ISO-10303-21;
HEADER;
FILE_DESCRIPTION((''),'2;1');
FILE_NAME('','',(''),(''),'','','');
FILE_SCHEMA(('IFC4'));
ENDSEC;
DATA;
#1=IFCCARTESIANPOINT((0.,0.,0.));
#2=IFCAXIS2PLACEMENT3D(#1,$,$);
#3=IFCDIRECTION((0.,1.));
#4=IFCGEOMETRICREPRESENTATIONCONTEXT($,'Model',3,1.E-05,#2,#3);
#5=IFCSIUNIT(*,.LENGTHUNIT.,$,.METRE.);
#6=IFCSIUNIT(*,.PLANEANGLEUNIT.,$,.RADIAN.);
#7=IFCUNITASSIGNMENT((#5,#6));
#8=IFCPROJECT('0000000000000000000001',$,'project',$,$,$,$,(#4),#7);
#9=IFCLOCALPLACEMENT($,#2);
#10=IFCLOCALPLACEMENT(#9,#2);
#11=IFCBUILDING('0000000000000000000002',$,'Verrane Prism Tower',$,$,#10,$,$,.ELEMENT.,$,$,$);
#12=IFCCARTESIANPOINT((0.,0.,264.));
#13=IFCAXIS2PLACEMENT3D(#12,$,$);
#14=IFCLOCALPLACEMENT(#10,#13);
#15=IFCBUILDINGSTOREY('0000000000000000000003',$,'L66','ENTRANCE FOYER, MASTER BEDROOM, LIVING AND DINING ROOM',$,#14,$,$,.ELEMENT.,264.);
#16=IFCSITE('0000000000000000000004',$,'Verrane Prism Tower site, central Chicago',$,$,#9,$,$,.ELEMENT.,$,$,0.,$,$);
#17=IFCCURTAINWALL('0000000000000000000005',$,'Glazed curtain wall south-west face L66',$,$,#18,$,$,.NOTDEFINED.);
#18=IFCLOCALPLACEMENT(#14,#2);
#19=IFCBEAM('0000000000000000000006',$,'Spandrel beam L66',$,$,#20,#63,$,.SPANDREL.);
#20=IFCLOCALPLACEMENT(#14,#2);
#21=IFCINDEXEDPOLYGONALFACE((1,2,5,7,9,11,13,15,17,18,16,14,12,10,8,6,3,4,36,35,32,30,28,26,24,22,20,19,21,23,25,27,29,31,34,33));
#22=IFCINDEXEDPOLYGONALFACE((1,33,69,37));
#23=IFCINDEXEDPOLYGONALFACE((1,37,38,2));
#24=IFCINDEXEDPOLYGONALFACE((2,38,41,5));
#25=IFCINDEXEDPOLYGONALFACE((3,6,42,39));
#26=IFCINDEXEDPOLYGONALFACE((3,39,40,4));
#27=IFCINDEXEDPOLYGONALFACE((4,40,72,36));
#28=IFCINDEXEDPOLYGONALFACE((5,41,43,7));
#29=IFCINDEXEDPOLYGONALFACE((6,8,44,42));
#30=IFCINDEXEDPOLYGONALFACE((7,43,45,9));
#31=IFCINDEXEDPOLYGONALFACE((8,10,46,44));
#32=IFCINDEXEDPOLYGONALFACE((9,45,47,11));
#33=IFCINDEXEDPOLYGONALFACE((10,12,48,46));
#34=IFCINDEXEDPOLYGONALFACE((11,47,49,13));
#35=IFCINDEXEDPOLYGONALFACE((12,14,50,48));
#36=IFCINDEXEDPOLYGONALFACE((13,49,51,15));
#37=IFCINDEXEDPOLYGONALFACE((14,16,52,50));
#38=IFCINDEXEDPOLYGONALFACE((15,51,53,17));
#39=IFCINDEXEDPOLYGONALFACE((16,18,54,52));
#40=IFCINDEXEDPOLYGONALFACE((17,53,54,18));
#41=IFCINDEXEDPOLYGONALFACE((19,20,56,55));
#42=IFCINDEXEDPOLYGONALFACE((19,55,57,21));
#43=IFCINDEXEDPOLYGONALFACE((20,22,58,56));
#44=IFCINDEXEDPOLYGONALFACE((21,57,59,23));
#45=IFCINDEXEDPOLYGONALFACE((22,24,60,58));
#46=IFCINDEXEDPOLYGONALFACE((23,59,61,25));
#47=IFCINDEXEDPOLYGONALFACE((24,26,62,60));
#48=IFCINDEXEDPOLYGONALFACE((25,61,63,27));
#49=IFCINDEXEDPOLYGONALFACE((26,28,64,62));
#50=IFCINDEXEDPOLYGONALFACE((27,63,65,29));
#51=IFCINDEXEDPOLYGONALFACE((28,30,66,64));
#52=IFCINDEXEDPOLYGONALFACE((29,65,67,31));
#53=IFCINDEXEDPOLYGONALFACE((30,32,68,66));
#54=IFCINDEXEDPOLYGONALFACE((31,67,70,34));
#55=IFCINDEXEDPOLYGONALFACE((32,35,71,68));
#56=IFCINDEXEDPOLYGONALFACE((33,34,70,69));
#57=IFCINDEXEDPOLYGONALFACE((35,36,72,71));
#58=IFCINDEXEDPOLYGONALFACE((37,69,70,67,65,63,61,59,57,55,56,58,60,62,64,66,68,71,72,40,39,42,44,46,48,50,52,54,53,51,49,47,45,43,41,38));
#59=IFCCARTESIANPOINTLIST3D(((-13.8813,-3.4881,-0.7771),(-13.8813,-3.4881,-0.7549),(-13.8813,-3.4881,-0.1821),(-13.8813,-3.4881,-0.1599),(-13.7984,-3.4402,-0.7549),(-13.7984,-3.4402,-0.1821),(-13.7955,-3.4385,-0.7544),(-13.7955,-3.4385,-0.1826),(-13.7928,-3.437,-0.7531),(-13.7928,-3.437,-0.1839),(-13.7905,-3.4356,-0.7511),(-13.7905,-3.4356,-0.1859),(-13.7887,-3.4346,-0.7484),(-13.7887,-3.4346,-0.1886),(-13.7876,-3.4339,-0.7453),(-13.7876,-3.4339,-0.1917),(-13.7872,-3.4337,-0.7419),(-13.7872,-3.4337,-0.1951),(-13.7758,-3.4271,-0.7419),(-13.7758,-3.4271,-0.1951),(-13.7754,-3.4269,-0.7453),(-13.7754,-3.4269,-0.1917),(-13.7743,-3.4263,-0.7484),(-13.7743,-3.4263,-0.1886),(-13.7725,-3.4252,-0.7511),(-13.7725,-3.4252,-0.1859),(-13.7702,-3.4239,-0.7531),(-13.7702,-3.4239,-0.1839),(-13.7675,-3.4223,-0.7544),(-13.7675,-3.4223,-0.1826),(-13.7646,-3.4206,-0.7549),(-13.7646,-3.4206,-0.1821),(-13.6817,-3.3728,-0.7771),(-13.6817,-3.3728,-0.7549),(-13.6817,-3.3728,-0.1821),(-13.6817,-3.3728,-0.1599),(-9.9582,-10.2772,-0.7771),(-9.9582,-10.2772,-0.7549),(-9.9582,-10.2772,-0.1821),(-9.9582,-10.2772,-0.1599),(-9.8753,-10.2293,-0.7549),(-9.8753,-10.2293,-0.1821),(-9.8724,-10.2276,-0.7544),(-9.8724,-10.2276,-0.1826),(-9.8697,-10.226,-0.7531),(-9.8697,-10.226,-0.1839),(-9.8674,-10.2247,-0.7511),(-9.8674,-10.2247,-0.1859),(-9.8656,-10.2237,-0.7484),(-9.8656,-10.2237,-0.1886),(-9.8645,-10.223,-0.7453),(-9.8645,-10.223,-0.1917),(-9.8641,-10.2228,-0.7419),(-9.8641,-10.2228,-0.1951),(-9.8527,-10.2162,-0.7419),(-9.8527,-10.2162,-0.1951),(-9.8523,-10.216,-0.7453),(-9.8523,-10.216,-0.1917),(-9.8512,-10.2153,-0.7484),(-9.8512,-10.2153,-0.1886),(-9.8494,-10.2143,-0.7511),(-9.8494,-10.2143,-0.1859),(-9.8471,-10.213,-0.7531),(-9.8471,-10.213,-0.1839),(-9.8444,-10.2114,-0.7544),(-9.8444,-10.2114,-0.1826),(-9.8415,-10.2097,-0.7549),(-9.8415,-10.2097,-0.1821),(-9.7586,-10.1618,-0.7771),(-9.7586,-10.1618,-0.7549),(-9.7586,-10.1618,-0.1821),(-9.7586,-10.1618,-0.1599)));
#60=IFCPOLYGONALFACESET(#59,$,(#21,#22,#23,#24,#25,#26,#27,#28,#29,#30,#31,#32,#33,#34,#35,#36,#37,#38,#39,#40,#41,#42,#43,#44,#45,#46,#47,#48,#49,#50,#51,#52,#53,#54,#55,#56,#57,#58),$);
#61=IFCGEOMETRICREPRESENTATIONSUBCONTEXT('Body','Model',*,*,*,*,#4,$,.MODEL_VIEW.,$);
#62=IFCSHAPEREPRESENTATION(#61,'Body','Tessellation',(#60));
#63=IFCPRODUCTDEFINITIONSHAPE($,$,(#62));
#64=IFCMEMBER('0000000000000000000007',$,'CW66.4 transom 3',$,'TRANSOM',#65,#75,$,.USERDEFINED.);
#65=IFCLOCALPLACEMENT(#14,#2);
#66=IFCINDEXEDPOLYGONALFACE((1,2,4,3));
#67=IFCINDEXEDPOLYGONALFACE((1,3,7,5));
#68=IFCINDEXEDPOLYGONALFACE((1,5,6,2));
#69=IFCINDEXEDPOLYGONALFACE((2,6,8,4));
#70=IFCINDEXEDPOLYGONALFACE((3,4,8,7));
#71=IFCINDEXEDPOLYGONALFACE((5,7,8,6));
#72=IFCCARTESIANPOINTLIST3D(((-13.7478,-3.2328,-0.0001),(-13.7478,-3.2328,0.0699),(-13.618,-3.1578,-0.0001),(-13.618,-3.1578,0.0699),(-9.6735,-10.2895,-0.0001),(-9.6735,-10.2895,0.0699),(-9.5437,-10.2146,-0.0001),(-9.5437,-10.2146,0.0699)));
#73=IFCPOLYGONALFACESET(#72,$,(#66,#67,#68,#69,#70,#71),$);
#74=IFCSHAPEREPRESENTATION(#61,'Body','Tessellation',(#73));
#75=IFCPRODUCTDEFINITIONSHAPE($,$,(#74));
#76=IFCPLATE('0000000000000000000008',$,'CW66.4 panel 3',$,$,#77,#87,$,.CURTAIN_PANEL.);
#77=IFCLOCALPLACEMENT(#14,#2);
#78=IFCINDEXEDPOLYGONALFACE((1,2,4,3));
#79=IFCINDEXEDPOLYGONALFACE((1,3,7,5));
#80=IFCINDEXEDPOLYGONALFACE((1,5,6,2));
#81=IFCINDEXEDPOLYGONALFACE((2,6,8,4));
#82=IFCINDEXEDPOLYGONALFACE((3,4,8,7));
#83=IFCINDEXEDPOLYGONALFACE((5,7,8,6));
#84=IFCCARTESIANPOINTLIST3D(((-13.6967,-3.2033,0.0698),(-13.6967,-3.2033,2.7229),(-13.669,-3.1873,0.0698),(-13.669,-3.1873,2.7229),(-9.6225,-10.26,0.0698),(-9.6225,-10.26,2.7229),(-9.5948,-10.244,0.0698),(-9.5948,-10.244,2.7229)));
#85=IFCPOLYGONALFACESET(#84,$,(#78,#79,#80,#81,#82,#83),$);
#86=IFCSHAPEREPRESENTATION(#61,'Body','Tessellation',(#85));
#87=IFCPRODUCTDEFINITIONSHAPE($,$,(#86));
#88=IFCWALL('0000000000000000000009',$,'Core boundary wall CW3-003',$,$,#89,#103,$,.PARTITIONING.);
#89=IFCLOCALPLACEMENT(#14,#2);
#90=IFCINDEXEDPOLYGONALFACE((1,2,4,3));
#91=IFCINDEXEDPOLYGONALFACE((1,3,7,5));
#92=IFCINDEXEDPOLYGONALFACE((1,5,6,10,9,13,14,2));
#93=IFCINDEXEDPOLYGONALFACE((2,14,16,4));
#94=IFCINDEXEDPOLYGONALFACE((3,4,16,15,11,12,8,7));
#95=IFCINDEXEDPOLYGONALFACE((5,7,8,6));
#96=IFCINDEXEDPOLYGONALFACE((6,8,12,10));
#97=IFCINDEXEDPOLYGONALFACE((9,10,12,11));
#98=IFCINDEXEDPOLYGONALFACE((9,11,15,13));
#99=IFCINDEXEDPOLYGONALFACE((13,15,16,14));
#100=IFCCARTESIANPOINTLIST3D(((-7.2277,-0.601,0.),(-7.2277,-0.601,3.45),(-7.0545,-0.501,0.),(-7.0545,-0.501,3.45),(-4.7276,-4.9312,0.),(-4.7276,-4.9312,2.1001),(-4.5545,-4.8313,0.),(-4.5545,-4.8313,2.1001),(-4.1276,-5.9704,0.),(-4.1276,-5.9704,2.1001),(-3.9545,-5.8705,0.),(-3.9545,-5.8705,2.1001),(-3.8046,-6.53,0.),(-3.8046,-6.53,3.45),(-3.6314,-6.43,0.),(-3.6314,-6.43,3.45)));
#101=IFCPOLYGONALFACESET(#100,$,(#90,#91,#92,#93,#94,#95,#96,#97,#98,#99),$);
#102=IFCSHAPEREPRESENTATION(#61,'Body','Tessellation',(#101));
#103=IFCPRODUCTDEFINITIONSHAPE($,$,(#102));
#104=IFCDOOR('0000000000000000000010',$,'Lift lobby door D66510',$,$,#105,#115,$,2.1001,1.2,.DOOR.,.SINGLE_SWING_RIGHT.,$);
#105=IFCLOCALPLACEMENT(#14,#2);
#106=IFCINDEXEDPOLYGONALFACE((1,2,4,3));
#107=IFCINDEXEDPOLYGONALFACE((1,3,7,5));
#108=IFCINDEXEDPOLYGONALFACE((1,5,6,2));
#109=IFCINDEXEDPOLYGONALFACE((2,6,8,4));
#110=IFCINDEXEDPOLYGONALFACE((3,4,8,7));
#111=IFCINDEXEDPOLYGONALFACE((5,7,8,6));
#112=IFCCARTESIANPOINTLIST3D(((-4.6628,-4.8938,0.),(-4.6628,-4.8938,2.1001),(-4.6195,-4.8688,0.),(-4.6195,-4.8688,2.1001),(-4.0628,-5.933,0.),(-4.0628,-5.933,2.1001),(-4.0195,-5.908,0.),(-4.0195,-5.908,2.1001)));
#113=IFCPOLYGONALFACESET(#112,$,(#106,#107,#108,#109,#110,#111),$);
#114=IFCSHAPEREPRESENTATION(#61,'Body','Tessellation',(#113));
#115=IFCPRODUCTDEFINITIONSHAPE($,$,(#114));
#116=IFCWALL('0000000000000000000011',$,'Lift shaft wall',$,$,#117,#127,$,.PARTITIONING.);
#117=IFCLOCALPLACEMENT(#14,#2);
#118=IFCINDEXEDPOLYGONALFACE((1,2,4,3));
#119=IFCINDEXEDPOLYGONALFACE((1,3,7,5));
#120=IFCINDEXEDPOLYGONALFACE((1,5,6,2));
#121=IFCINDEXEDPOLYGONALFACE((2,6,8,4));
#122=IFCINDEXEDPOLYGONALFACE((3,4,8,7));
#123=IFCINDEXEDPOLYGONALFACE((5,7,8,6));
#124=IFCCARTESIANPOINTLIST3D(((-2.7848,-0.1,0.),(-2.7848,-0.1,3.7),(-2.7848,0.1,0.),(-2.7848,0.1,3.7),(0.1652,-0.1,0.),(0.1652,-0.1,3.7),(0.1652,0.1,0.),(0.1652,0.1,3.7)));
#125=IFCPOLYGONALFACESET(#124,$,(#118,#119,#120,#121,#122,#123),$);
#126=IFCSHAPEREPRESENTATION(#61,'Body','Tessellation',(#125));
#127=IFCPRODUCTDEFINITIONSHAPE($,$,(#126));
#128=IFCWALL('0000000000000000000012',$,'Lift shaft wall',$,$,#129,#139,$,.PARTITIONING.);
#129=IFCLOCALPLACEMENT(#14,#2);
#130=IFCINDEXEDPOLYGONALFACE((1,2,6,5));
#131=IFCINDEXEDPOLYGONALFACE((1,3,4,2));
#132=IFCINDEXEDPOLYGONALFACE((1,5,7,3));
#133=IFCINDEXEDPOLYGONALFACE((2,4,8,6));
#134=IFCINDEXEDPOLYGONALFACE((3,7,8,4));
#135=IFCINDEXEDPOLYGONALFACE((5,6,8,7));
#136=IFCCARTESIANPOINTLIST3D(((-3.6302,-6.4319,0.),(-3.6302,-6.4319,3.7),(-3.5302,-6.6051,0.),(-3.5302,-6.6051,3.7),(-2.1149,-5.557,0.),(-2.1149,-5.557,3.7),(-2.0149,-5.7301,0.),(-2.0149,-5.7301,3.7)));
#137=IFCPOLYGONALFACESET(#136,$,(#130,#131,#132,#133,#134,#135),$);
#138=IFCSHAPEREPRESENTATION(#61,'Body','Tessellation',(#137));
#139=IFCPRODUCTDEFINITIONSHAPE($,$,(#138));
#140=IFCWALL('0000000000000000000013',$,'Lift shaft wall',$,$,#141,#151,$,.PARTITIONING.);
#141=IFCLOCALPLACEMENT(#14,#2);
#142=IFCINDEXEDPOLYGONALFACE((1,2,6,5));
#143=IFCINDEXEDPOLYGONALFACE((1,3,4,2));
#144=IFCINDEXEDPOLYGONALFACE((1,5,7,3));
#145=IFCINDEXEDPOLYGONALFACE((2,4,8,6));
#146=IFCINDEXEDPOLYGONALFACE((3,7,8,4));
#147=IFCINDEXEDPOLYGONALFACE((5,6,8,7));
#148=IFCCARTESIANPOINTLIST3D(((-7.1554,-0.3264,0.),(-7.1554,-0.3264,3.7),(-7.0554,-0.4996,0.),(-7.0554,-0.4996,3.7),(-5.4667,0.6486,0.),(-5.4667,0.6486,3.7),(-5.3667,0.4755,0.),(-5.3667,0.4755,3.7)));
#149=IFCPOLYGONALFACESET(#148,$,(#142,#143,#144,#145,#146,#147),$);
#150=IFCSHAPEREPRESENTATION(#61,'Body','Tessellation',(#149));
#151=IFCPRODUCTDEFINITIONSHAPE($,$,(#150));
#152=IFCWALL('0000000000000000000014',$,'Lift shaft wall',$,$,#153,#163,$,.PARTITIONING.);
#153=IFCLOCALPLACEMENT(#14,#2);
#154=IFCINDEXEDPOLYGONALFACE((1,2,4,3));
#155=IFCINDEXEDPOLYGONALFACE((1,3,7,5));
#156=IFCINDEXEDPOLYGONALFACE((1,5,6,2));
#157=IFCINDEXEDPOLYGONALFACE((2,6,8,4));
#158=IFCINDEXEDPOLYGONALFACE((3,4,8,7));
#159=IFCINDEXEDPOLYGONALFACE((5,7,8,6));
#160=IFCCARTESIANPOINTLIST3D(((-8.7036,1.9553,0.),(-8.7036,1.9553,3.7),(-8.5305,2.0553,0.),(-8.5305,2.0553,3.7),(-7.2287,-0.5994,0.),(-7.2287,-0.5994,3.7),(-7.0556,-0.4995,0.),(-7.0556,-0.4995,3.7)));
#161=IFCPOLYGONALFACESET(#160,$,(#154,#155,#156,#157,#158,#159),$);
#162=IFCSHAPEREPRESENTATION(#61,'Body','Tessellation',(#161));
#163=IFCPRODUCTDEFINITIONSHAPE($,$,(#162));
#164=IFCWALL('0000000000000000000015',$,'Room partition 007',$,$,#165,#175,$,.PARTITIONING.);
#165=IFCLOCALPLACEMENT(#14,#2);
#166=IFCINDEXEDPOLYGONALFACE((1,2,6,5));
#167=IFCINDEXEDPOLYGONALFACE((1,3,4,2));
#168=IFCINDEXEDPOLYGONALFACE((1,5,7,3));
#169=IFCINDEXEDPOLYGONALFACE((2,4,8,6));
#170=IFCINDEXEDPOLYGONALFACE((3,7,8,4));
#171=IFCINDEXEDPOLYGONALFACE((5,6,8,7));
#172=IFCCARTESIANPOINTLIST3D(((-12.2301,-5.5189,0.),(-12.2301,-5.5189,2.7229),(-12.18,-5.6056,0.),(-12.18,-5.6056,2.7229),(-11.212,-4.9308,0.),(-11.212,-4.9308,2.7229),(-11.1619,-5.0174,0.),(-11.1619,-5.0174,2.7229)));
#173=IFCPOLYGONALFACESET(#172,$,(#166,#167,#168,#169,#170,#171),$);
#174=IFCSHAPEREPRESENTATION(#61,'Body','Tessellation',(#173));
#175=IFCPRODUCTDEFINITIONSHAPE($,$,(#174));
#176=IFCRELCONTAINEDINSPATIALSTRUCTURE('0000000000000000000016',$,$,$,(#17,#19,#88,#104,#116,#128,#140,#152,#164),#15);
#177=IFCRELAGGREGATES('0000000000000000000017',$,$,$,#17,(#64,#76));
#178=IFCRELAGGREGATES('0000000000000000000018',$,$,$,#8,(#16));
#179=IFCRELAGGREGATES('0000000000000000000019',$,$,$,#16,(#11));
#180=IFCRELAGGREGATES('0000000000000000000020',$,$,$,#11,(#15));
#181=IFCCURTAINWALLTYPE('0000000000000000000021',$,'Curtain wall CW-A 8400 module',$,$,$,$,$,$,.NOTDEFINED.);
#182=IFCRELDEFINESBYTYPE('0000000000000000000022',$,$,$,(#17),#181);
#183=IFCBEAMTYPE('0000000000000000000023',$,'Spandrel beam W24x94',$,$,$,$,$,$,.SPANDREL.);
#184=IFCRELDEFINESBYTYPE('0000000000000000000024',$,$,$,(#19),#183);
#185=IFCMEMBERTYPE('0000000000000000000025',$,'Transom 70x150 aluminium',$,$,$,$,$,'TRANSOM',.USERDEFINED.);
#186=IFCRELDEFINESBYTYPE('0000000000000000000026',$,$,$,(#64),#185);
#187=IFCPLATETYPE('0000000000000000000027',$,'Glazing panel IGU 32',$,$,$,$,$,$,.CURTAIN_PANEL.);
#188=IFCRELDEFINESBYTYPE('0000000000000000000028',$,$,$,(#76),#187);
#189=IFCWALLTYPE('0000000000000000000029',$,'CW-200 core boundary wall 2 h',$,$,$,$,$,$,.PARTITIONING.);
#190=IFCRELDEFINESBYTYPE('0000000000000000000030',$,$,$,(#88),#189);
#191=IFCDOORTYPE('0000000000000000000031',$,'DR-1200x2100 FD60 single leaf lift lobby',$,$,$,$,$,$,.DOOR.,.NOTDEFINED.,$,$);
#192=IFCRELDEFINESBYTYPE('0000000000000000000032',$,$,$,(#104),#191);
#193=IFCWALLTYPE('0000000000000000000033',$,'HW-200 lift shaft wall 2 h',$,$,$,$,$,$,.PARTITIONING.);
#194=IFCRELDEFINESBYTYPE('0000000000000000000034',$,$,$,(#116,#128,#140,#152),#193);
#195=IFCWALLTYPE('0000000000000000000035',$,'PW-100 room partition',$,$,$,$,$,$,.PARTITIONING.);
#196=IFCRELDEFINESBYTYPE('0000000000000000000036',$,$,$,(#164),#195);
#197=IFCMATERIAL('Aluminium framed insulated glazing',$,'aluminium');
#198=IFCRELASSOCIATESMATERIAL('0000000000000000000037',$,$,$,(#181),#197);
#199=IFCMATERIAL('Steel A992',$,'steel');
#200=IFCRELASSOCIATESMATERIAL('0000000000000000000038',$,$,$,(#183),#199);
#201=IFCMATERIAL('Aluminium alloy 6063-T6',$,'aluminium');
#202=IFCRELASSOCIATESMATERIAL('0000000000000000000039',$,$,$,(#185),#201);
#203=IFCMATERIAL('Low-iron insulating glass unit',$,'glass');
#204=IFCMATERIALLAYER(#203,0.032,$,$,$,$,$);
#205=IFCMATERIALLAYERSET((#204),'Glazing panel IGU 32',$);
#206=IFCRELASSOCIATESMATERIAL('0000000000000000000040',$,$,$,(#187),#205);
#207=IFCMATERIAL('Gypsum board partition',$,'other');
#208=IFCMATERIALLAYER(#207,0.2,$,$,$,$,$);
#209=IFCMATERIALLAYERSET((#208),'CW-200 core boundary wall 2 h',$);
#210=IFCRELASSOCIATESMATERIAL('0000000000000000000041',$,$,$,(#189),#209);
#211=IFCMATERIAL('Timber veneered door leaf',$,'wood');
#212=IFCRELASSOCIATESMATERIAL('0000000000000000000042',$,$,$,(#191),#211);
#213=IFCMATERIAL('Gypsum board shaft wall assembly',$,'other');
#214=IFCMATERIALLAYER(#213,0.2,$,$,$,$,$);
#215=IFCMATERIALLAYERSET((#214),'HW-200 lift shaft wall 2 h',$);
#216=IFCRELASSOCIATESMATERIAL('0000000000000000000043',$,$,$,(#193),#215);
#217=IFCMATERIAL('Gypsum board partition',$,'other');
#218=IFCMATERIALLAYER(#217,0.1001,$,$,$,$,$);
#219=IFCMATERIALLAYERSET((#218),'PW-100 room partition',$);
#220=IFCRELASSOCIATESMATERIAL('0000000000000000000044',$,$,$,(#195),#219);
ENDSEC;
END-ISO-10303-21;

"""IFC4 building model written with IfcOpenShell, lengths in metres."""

from ifc_helpers import new_model, si_unit, direction, frame, frame_2d, origin, origin_2d, place, context, subcontext, project, spatial, rectangle, i_section, extrude, material, layer, layer_set, material_profile, profile_set, type_object, element, fill, aggregate, save


model = new_model("IFC4")

# Units and contexts
model_context = context("Model", 3, precision=1e-05, world=origin(), true_north=direction((0.0, 1.0)))
body_context = subcontext(model_context, "Body", "Model", "MODEL_VIEW")
ifc_project = project(units=[si_unit("LENGTHUNIT", "METRE"), si_unit("PLANEANGLEUNIT", "RADIAN")], contexts=[model_context])

# Site, building, storey
site_placement = place(None, origin())
site = spatial("IfcSite", under=ifc_project, at=site_placement, Name="Verrane Prism Tower site, central Chicago", CompositionType="ELEMENT", RefElevation=0.0)
building_placement = place(site_placement, origin())
building = spatial("IfcBuilding", under=site, at=building_placement, Name="Verrane Prism Tower", CompositionType="ELEMENT")
storey_placement = place(building_placement, frame((0.0, 0.0, 264.0)))
storey = spatial("IfcBuildingStorey", under=building, at=storey_placement, Name="L66", Description="ENTRANCE FOYER, MASTER BEDROOM, LIVING AND DINING ROOM", CompositionType="ELEMENT", Elevation=264.0)

# Curtain wall
ifc_material_1 = material(Name="Aluminium framed insulated glazing", Category="aluminium")
curtain_wall_type = type_object("IfcCurtainWallType", Name="Curtain wall CW-A 8400 module", PredefinedType="NOTDEFINED", material=ifc_material_1)
curtain_wall_placement = place(storey_placement, origin())
curtain_wall = element("IfcCurtainWall", 1, at=curtain_wall_placement, inside=storey, type_object=curtain_wall_type, Name="Glazed curtain wall south-west face L66", PredefinedType="NOTDEFINED")

# Beam
ifc_material_2 = material(Name="Steel A992", Category="steel")
ifc_material_profile_1 = material_profile(ifc_material_2, i_section(OverallWidth=0.2305, OverallDepth=0.6172, WebThickness=0.0132, FlangeThickness=0.0222, FilletRadius=0.0129, at=origin_2d()), Name="W24x94")
ifc_profile_set_1 = profile_set([ifc_material_profile_1], Name="Steel A992")
beam_type_1 = type_object("IfcBeamType", Name="Spandrel beam W24x94", PredefinedType="SPANDREL", material=ifc_profile_set_1)
beam_1_placement = place(storey_placement, frame((-13.7815, -3.4304, -0.4685), z_axis=(0.500328, -0.865836, 0.0), x_axis=(0.865836, 0.500328, 0.0)))
element("IfcBeam", 2, at=beam_1_placement, inside=storey, type_object=beam_type_1, Name="Spandrel beam L66", PredefinedType="SPANDREL", context=body_context, shape_type="SweptSolid", body=[
    extrude(i_section(OverallWidth=0.2305, OverallDepth=0.6172, WebThickness=0.0132, FlangeThickness=0.0222, FilletRadius=0.0129, at=origin_2d()), origin(), (0.0, 0.0, 1.0), 7.8411),
])

# Member
ifc_material_3 = material(Name="Aluminium alloy 6063-T6", Category="aluminium")
ifc_material_profile_2 = material_profile(ifc_material_3, rectangle(XDim=0.1499, YDim=0.0701, at=origin_2d()), Name="Transom 70x150 aluminium")
ifc_profile_set_2 = profile_set([ifc_material_profile_2], Name="Aluminium alloy 6063-T6")
member_type_1 = type_object("IfcMemberType", Name="Transom 70x150 aluminium", ElementType="TRANSOM", PredefinedType="USERDEFINED", material=ifc_profile_set_2)
member_1_placement = place(storey_placement, frame((-13.6829, -3.1953, 0.0349), z_axis=(0.500006, -0.866022, 0.0), x_axis=(0.866022, 0.500006, 0.0)))
member_1 = element("IfcMember", 3, at=member_1_placement, type_object=member_type_1, Name="CW66.4 transom 3", ObjectType="TRANSOM", PredefinedType="USERDEFINED", context=body_context, shape_type="SweptSolid", body=[
    extrude(rectangle(XDim=0.1499, YDim=0.0701, at=origin_2d()), origin(), (0.0, 0.0, 1.0), 8.1484),
])

# Plate
ifc_material_4 = material(Name="Low-iron insulating glass unit", Category="glass")
ifc_layer_1 = layer(ifc_material_4, 0.032)
ifc_layer_set_1 = layer_set([ifc_layer_1], Name="Glazing panel IGU 32")
plate_type = type_object("IfcPlateType", Name="Glazing panel IGU 32", PredefinedType="CURTAIN_PANEL", material=ifc_layer_set_1)
plate_placement = place(storey_placement, frame((-11.6458, -6.7236, 0.0698), z_axis=(0.0, 0.0, 1.0), x_axis=(0.500001, -0.866025, 0.0)))
plate = element("IfcPlate", 4, at=plate_placement, type_object=plate_type, Name="CW66.4 panel 3", PredefinedType="CURTAIN_PANEL", context=body_context, shape_type="SweptSolid", body=[
    extrude(rectangle(XDim=8.1484, YDim=0.032, at=origin_2d()), origin(), (0.0, 0.0, 1.0), 2.6531),
])
aggregate(curtain_wall, [member_1, plate])

# Wall, opening, door
ifc_material_5 = material(Name="Gypsum board partition", Category="other")
ifc_layer_2 = layer(ifc_material_5, 0.2)
ifc_layer_set_2 = layer_set([ifc_layer_2], Name="CW-200 core boundary wall 2 h")
wall_type_1 = type_object("IfcWallType", Name="CW-200 core boundary wall 2 h", PredefinedType="PARTITIONING", material=ifc_layer_set_2)
wall_1_placement = place(storey_placement, frame((-7.1411, -0.551, 0.0), z_axis=(0.0, 0.0, 1.0), x_axis=(0.500001, -0.866025, 0.0)))
wall_1 = element("IfcWall", 5, at=wall_1_placement, inside=storey, type_object=wall_type_1, Name="Core boundary wall CW3-003", PredefinedType="PARTITIONING", context=body_context, shape_type="SweptSolid", body=[
    extrude(rectangle(XDim=6.8462, YDim=0.2, at=frame_2d((3.4231, 0.0))), origin(), (0.0, 0.0, 1.0), 3.45),
])
opening_1_placement = place(wall_1_placement, frame((5.0, 0.0, 0.0)))
opening_1 = element("IfcOpeningElement", 6, at=opening_1_placement, cuts=wall_1, PredefinedType="OPENING", context=body_context, shape_type="SweptSolid", body=[
    extrude(rectangle(XDim=1.2, YDim=2.1001, at=frame_2d((0.6001, 1.05))), frame((0.0, 0.1099, 0.0), z_axis=(0.0, -1.0, 0.0), x_axis=(1.0, 0.0, 0.0)), (0.0, 0.0, 1.0), 0.22),
])
ifc_material_6 = material(Name="Timber veneered door leaf", Category="wood")
door_type_1 = type_object("IfcDoorType", Name="DR-1200x2100 FD60 single leaf lift lobby", OperationType="NOTDEFINED", PredefinedType="DOOR", material=ifc_material_6)
door_1_placement = place(opening_1_placement, origin())
door_1 = element("IfcDoor", 7, at=door_1_placement, inside=storey, type_object=door_type_1, Name="Lift lobby door D66510", OperationType="SINGLE_SWING_RIGHT", OverallHeight=2.1001, OverallWidth=1.2, PredefinedType="DOOR", context=body_context, shape_type="SweptSolid", body=[
    extrude(rectangle(XDim=1.2, YDim=2.1001, at=frame_2d((0.6001, 1.05))), frame((0.0, 0.0249, 0.0), z_axis=(0.0, -1.0, 0.0), x_axis=(1.0, 0.0, 0.0)), (0.0, 0.0, 1.0), 0.05),
])
fill(opening_1, door_1)

# Walls
ifc_material_7 = material(Name="Gypsum board shaft wall assembly", Category="other")
ifc_layer_3 = layer(ifc_material_7, 0.2)
ifc_layer_set_3 = layer_set([ifc_layer_3], Name="HW-200 lift shaft wall 2 h")
wall_type_2 = type_object("IfcWallType", Name="HW-200 lift shaft wall 2 h", PredefinedType="PARTITIONING", material=ifc_layer_set_3)
wall_2_placement = place(storey_placement, frame((-2.7849, 0.0, 0.0), z_axis=(0.0, 0.0, 1.0), x_axis=(1.0, 0.0, 0.0)))
element("IfcWall", 8, at=wall_2_placement, inside=storey, type_object=wall_type_2, Name="Lift shaft wall", PredefinedType="PARTITIONING", context=body_context, shape_type="SweptSolid", body=[
    extrude(rectangle(XDim=2.95, YDim=0.2, at=frame_2d((1.4751, 0.0))), origin(), (0.0, 0.0, 1.0), 3.7),
])
wall_3_placement = place(storey_placement, frame((-3.5803, -6.5186, 0.0), z_axis=(0.0, 0.0, 1.0), x_axis=(0.866002, 0.50004, 0.0)))
element("IfcWall", 9, at=wall_3_placement, inside=storey, type_object=wall_type_2, Name="Lift shaft wall", PredefinedType="PARTITIONING", context=body_context, shape_type="SweptSolid", body=[
    extrude(rectangle(XDim=1.7498, YDim=0.2, at=frame_2d((0.875, 0.0))), origin(), (0.0, 0.0, 1.0), 3.7),
])
wall_4_placement = place(storey_placement, frame((-7.1055, -0.4131, 0.0), z_axis=(0.0, 0.0, 1.0), x_axis=(0.866, 0.500044, 0.0)))
element("IfcWall", 10, at=wall_4_placement, inside=storey, type_object=wall_type_2, Name="Lift shaft wall", PredefinedType="PARTITIONING", context=body_context, shape_type="SweptSolid", body=[
    extrude(rectangle(XDim=1.95, YDim=0.2, at=frame_2d((0.9751, 0.0))), origin(), (0.0, 0.0, 1.0), 3.7),
])
wall_5_placement = place(storey_placement, frame((-7.1421, -0.5496, 0.0), z_axis=(0.0, 0.0, 1.0), x_axis=(-0.499976, 0.866039, 0.0)))
element("IfcWall", 11, at=wall_5_placement, inside=storey, type_object=wall_type_2, Name="Lift shaft wall", PredefinedType="PARTITIONING", context=body_context, shape_type="SweptSolid", body=[
    extrude(rectangle(XDim=2.95, YDim=0.2, at=frame_2d((1.4751, 0.0))), origin(), (0.0, 0.0, 1.0), 3.7),
])
ifc_material_8 = material(Name="Gypsum board partition", Category="other")
ifc_layer_4 = layer(ifc_material_8, 0.1001)
ifc_layer_set_4 = layer_set([ifc_layer_4], Name="PW-100 room partition")
wall_type_3 = type_object("IfcWallType", Name="PW-100 room partition", PredefinedType="PARTITIONING", material=ifc_layer_set_4)
wall_6_placement = place(storey_placement, frame((-12.2051, -5.5623, 0.0), z_axis=(0.0, 0.0, 1.0), x_axis=(0.865895, 0.500226, 0.0)))
element("IfcWall", 12, at=wall_6_placement, inside=storey, type_object=wall_type_3, Name="Room partition 007", PredefinedType="PARTITIONING", context=body_context, shape_type="SweptSolid", body=[
    extrude(rectangle(XDim=1.1758, YDim=0.1001, at=frame_2d((0.5879, 0.0))), origin(), (0.0, 0.0, 1.0), 2.7229),
])

save(model, "model.ifc")
